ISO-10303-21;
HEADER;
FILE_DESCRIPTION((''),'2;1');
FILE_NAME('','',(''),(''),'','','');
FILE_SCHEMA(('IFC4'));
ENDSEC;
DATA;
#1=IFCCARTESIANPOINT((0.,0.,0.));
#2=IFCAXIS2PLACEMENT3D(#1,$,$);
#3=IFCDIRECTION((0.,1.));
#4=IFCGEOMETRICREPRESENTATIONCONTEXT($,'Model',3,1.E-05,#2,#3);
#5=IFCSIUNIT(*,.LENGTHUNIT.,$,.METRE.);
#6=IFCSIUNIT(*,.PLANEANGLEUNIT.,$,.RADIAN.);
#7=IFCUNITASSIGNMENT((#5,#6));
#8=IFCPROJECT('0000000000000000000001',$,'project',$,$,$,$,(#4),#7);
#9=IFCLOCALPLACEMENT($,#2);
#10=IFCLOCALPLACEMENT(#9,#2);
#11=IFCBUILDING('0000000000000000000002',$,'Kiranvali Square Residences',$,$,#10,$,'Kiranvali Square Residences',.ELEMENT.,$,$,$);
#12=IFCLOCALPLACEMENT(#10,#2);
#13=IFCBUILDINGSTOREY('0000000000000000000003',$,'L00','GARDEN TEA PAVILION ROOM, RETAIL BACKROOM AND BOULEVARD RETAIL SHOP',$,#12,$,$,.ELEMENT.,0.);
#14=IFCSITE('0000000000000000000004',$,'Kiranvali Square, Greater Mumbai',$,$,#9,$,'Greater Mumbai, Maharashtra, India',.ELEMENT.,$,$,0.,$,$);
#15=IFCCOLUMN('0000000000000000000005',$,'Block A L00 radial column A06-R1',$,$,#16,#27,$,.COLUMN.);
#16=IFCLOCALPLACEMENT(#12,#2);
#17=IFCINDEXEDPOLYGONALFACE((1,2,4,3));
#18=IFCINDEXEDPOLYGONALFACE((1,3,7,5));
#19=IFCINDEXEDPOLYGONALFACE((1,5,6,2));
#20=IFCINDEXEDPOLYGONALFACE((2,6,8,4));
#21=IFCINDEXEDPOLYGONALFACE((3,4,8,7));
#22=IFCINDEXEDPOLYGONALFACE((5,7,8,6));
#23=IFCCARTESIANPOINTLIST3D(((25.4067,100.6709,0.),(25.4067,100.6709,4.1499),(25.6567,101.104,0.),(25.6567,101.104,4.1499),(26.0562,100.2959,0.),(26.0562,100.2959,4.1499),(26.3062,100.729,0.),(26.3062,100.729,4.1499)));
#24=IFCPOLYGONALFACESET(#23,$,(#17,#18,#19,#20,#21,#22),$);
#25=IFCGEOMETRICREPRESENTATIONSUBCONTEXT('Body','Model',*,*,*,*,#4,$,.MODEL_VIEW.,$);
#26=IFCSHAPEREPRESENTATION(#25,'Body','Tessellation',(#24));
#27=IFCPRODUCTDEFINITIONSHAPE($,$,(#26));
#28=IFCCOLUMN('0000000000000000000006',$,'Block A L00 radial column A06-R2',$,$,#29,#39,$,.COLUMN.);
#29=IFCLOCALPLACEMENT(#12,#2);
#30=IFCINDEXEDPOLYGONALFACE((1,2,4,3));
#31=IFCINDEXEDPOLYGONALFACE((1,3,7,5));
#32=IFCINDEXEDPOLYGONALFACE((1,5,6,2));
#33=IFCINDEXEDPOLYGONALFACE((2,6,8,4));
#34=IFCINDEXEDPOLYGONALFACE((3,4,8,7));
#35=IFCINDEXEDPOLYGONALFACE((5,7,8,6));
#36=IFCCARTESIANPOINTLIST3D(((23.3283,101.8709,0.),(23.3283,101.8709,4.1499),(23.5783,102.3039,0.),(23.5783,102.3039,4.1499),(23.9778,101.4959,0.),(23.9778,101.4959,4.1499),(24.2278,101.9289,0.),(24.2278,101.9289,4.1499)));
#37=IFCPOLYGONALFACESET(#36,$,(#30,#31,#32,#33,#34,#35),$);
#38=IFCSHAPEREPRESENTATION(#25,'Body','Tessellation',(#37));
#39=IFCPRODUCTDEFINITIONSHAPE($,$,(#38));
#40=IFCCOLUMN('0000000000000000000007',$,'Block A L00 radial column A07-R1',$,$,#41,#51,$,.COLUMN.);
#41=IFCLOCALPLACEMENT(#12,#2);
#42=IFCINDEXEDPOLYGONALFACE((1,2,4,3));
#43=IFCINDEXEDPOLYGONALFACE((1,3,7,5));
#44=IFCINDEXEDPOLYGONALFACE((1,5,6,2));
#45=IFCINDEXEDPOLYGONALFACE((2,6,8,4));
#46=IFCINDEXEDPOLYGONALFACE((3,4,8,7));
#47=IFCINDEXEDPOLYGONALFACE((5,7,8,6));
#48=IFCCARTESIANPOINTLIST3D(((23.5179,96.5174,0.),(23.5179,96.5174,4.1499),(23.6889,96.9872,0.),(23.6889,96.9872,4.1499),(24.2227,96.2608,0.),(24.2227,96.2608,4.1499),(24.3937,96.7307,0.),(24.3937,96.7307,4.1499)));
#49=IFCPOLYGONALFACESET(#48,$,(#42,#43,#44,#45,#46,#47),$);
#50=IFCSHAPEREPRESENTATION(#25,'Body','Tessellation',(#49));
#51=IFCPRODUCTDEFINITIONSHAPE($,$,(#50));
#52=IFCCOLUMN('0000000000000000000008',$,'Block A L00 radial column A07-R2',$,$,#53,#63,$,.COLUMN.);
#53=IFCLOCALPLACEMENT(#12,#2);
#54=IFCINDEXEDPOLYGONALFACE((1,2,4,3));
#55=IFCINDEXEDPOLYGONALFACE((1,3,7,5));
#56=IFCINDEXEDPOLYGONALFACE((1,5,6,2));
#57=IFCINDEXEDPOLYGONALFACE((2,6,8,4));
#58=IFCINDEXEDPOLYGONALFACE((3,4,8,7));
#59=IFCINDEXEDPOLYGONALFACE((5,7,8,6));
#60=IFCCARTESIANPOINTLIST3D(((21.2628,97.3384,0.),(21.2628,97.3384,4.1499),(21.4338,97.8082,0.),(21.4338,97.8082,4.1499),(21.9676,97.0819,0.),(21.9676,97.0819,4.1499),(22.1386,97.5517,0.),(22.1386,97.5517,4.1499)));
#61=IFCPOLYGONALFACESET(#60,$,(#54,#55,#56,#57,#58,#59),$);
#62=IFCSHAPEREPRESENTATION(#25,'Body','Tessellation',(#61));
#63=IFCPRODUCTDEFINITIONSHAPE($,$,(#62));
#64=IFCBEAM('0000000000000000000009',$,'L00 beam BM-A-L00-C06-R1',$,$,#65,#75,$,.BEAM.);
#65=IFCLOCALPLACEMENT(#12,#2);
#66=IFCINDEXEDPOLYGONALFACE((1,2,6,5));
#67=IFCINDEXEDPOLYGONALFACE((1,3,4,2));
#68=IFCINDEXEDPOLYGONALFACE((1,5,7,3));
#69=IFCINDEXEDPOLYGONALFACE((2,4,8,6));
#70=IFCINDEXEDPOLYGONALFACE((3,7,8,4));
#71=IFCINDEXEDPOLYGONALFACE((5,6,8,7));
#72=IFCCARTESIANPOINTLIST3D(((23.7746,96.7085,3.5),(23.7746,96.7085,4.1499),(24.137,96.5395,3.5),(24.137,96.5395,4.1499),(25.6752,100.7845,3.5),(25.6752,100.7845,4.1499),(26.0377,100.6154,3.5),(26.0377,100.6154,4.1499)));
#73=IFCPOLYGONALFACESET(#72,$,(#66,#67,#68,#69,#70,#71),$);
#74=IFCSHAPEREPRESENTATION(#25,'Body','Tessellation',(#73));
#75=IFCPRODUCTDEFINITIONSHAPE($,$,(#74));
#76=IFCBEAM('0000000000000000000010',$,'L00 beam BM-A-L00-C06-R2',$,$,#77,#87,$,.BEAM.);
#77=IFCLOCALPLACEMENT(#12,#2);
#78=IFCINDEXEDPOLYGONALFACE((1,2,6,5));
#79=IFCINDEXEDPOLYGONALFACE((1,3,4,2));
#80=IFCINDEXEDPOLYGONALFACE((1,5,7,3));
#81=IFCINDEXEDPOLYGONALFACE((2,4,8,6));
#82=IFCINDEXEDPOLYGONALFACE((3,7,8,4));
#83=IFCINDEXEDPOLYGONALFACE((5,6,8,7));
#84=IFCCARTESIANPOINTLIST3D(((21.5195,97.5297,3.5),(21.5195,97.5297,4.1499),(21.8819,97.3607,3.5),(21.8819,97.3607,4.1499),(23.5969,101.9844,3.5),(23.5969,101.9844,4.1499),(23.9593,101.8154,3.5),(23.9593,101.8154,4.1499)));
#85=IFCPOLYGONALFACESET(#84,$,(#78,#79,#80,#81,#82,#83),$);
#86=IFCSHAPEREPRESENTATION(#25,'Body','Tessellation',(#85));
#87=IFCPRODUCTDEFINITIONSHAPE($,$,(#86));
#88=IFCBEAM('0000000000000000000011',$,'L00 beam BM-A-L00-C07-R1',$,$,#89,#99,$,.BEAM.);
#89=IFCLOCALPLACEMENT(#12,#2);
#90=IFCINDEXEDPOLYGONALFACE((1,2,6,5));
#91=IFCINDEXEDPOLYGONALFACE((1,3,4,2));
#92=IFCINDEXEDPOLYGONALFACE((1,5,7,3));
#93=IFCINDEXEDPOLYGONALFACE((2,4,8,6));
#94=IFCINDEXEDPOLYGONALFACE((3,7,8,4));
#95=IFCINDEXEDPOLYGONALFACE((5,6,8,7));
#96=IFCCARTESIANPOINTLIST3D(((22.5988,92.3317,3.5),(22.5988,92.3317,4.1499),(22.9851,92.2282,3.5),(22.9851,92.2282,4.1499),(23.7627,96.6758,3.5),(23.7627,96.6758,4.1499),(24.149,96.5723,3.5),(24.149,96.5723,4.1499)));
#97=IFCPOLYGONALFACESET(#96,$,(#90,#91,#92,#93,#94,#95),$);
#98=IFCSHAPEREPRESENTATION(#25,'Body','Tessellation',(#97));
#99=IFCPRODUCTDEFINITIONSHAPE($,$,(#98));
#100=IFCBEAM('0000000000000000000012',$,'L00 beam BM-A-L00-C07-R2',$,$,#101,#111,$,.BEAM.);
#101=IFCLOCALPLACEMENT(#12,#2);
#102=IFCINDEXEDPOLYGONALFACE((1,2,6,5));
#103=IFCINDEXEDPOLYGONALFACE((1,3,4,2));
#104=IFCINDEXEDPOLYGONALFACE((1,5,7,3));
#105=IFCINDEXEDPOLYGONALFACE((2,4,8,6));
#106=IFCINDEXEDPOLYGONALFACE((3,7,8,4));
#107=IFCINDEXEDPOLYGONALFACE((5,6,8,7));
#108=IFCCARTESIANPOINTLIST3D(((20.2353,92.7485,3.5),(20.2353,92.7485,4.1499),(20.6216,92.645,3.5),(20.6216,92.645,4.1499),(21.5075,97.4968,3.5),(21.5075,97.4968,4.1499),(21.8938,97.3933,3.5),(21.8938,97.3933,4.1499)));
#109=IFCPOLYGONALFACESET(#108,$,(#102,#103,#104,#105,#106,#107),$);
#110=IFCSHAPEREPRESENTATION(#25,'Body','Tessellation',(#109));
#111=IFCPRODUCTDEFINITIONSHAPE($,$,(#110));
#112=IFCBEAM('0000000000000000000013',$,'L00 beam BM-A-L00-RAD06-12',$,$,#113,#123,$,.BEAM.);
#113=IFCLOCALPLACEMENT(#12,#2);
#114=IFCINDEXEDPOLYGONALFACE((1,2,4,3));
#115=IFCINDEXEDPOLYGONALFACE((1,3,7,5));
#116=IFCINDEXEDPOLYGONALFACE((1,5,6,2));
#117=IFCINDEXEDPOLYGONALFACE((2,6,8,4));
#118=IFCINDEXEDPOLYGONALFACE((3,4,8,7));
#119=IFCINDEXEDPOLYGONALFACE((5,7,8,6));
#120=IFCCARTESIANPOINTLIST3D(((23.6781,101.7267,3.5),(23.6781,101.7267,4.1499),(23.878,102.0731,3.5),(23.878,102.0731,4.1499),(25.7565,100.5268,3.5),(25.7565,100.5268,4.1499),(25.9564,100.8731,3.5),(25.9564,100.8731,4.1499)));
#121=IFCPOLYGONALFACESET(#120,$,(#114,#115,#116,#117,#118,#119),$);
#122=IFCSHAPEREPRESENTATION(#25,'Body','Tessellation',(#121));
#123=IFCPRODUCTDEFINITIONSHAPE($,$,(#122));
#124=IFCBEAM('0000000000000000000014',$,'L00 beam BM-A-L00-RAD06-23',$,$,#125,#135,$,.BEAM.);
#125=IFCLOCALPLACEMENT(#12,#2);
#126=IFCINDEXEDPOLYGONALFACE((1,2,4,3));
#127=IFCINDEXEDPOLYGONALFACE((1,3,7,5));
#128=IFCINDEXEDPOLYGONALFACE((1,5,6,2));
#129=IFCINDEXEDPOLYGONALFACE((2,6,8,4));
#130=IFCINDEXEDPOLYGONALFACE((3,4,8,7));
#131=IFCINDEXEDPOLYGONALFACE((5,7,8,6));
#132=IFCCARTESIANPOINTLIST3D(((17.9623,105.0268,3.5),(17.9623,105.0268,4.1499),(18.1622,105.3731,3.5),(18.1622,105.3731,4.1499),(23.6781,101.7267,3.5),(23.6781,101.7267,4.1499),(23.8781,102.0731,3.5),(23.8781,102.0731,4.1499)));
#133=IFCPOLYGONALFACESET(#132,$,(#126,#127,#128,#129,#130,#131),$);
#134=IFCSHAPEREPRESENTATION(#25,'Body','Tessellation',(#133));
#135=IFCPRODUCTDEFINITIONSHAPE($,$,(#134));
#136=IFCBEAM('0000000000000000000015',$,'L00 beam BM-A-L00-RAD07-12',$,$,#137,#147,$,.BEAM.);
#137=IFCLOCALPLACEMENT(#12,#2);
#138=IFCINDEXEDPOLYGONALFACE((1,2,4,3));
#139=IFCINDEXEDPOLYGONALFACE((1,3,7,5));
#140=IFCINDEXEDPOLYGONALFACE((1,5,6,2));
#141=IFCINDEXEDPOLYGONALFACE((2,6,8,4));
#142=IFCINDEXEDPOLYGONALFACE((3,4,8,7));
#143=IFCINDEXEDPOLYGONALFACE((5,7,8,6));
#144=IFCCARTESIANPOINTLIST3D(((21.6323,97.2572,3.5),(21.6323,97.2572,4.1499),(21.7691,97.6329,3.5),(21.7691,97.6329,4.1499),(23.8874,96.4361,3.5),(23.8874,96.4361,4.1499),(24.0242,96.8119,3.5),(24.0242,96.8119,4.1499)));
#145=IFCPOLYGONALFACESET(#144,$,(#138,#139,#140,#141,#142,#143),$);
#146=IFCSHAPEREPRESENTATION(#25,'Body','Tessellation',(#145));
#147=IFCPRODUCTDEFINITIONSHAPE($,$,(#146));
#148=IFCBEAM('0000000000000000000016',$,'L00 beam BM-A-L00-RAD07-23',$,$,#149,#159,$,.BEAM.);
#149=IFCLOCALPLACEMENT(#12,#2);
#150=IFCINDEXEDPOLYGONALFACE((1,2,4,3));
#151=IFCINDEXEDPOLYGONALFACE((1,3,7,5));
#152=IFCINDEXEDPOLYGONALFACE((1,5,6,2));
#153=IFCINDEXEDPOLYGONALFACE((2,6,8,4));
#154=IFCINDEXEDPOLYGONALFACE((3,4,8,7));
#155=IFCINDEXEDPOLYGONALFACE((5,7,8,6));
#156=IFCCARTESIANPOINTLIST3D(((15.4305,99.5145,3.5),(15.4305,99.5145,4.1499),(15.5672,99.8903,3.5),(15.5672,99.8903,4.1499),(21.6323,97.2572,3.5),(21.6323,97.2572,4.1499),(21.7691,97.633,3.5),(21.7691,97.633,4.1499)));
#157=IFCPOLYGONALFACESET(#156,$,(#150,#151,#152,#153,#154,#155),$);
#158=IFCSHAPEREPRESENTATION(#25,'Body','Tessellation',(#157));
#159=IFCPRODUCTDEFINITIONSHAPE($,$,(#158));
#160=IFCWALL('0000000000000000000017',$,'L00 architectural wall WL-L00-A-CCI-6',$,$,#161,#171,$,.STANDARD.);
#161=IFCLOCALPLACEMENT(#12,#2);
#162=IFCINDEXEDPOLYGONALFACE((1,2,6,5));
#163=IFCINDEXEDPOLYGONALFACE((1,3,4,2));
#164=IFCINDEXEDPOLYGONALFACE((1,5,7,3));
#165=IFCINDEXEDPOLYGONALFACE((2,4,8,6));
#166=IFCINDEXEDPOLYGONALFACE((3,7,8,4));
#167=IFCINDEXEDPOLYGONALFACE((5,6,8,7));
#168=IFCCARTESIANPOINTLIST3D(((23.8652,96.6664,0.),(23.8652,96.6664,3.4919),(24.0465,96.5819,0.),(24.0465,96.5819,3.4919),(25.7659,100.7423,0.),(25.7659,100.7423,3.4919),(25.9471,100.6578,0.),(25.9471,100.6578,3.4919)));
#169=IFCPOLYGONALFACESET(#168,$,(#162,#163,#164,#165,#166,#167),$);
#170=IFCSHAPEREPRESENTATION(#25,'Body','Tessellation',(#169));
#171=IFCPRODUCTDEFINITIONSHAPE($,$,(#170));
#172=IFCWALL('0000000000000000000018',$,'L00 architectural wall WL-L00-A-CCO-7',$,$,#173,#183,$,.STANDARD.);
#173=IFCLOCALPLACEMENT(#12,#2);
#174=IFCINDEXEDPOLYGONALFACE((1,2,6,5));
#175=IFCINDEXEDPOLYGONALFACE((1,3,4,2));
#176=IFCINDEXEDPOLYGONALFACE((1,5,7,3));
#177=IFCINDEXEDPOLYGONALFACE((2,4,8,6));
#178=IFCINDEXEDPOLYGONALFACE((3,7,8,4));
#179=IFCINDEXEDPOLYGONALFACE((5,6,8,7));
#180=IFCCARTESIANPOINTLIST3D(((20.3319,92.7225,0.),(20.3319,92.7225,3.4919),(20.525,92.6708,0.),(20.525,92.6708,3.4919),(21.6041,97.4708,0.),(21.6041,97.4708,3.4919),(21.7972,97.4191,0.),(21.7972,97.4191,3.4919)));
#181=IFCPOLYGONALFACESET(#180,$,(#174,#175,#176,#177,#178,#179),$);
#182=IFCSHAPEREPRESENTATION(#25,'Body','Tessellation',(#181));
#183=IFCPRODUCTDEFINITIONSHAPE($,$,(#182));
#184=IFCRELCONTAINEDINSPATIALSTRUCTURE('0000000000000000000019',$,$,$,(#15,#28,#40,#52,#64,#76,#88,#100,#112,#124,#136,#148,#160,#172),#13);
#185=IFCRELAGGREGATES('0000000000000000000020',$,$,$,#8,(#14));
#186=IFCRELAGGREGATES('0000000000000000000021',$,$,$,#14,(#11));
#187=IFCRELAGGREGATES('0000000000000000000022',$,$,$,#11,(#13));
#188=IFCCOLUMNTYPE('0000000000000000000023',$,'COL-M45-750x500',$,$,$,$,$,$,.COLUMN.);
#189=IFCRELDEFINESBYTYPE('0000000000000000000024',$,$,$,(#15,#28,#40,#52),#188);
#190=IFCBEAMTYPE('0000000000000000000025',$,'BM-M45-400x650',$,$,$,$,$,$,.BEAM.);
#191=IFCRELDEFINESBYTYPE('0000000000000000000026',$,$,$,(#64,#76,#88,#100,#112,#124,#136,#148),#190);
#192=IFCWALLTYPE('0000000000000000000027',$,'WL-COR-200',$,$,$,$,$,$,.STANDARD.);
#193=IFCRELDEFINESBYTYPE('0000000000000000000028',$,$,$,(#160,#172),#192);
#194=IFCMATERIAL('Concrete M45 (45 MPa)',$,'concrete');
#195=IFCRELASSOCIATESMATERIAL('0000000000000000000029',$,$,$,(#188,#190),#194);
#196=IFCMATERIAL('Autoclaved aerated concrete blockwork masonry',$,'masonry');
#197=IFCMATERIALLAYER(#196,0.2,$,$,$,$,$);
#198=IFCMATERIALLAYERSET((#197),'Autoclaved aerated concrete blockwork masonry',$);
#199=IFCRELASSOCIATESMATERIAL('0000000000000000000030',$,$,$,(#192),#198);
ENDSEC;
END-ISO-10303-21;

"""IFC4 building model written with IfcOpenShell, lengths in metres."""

from ifc_helpers import new_model, si_unit, direction, frame, frame_2d, origin, origin_2d, place, context, subcontext, project, spatial, rectangle, extrude, material, layer, layer_set, material_profile, profile_set, type_object, element, save


model = new_model("IFC4")

# Units and contexts
model_context = context("Model", 3, precision=1e-05, world=origin(), true_north=direction((0.0, 1.0)))
body_context = subcontext(model_context, "Body", "Model", "MODEL_VIEW")
ifc_project = project(units=[si_unit("LENGTHUNIT", "METRE"), si_unit("PLANEANGLEUNIT", "RADIAN")], contexts=[model_context])

# Site, building, storey
site_placement = place(None, origin())
site = spatial("IfcSite", under=ifc_project, at=site_placement, Name="Kiranvali Square, Greater Mumbai", LongName="Greater Mumbai, Maharashtra, India", CompositionType="ELEMENT", RefElevation=0.0)
building_placement = place(site_placement, origin())
building = spatial("IfcBuilding", under=site, at=building_placement, Name="Kiranvali Square Residences", LongName="Kiranvali Square Residences", CompositionType="ELEMENT")
storey_placement = place(building_placement, origin())
storey = spatial("IfcBuildingStorey", under=building, at=storey_placement, Name="L00", Description="GARDEN TEA PAVILION ROOM, RETAIL BACKROOM AND BOULEVARD RETAIL SHOP", CompositionType="ELEMENT", Elevation=0.0)

# Columns
ifc_material_1 = material(Name="Concrete M45 (45 MPa)", Category="concrete")
ifc_material_profile_1 = material_profile(ifc_material_1, rectangle(XDim=0.5, YDim=0.75, at=origin_2d()), Name="RC 750x500")
ifc_profile_set_1 = profile_set([ifc_material_profile_1], Name="Concrete M45 (45 MPa)")
column_type = type_object("IfcColumnType", Name="COL-M45-750x500", PredefinedType="COLUMN", material=ifc_profile_set_1)
for number, where, z_axis, x_axis, name in (
    (1, (25.8564, 100.7, 0.0), (0.0, 0.0, 1.0), (0.5, 0.866025, 0.0), "Block A L00 radial column A06-R1"),
    (2, (23.7781, 101.8999, 0.0), (0.0, 0.0, 1.0), (0.5, 0.866025, 0.0), "Block A L00 radial column A06-R2"),
    (3, (23.9558, 96.624, 0.0), (0.0, 0.0, 1.0), (0.34202, 0.939693, 0.0), "Block A L00 radial column A07-R1"),
    (4, (21.7007, 97.4451, 0.0), (0.0, 0.0, 1.0), (0.34202, 0.939693, 0.0), "Block A L00 radial column A07-R2"),
):
    element("IfcColumn", number, at=place(storey_placement, frame(where, z_axis=z_axis, x_axis=x_axis)), inside=storey, type_object=column_type, Name=name, PredefinedType="COLUMN", context=body_context, shape_type="SweptSolid", body=[
        extrude(rectangle(XDim=0.5, YDim=0.75, at=origin_2d()), origin(), (0.0, 0.0, 1.0), 4.1499),
    ])

# Beams
ifc_material_profile_2 = material_profile(ifc_material_1, rectangle(XDim=0.3999, YDim=0.6499, at=origin_2d()), Name="RC 400x650")
ifc_profile_set_2 = profile_set([ifc_material_profile_2], Name="Concrete M45 (45 MPa)")
beam_type = type_object("IfcBeamType", Name="BM-M45-400x650", PredefinedType="BEAM", material=ifc_profile_set_2)
beam_1_placement = place(storey_placement, frame((25.8564, 100.7, 3.825), z_axis=(-0.422618, -0.906308, 0.0), x_axis=(0.906308, -0.422618, 0.0)))
element("IfcBeam", 5, at=beam_1_placement, inside=storey, type_object=beam_type, Name="L00 beam BM-A-L00-C06-R1", PredefinedType="BEAM", context=body_context, shape_type="SweptSolid", body=[
    extrude(rectangle(XDim=0.3999, YDim=0.6499, at=origin_2d()), origin(), (0.0, 0.0, 1.0), 4.4973),
])
beam_2_placement = place(storey_placement, frame((23.7781, 101.8999, 3.825), z_axis=(-0.42263, -0.906302, 0.0), x_axis=(0.906302, -0.42263, 0.0)))
element("IfcBeam", 6, at=beam_2_placement, inside=storey, type_object=beam_type, Name="L00 beam BM-A-L00-C06-R2", PredefinedType="BEAM", context=body_context, shape_type="SweptSolid", body=[
    extrude(rectangle(XDim=0.3999, YDim=0.6499, at=origin_2d()), origin(), (0.0, 0.0, 1.0), 4.9153),
])
beam_3_placement = place(storey_placement, frame((23.9558, 96.624, 3.825), z_axis=(-0.258788, -0.965934, 0.0), x_axis=(0.965934, -0.258788, 0.0)))
element("IfcBeam", 7, at=beam_3_placement, inside=storey, type_object=beam_type, Name="L00 beam BM-A-L00-C07-R1", PredefinedType="BEAM", context=body_context, shape_type="SweptSolid", body=[
    extrude(rectangle(XDim=0.3999, YDim=0.6499, at=origin_2d()), origin(), (0.0, 0.0, 1.0), 4.4973),
])
beam_4_placement = place(storey_placement, frame((21.7007, 97.4451, 3.825), z_axis=(-0.258803, -0.96593, 0.0), x_axis=(0.96593, -0.258803, 0.0)))
element("IfcBeam", 8, at=beam_4_placement, inside=storey, type_object=beam_type, Name="L00 beam BM-A-L00-C07-R2", PredefinedType="BEAM", context=body_context, shape_type="SweptSolid", body=[
    extrude(rectangle(XDim=0.3999, YDim=0.6499, at=origin_2d()), origin(), (0.0, 0.0, 1.0), 4.9158),
])
beam_5_placement = place(storey_placement, frame((25.8564, 100.7, 3.825), z_axis=(-0.866025, 0.500001, 0.0), x_axis=(-0.500001, -0.866025, 0.0)))
element("IfcBeam", 9, at=beam_5_placement, inside=storey, type_object=beam_type, Name="L00 beam BM-A-L00-RAD06-12", PredefinedType="BEAM", context=body_context, shape_type="SweptSolid", body=[
    extrude(rectangle(XDim=0.3999, YDim=0.6499, at=origin_2d()), origin(), (0.0, 0.0, 1.0), 2.3999),
])
beam_6_placement = place(storey_placement, frame((23.7781, 101.8999, 3.825), z_axis=(-0.866024, 0.500002, 0.0), x_axis=(-0.500002, -0.866024, 0.0)))
element("IfcBeam", 10, at=beam_6_placement, inside=storey, type_object=beam_type, Name="L00 beam BM-A-L00-RAD06-23", PredefinedType="BEAM", context=body_context, shape_type="SweptSolid", body=[
    extrude(rectangle(XDim=0.3999, YDim=0.6499, at=origin_2d()), origin(), (0.0, 0.0, 1.0), 6.6001),
])
beam_7_placement = place(storey_placement, frame((23.9558, 96.624, 3.825), z_axis=(-0.93966, 0.342111, 0.0), x_axis=(-0.342111, -0.93966, 0.0)))
element("IfcBeam", 11, at=beam_7_placement, inside=storey, type_object=beam_type, Name="L00 beam BM-A-L00-RAD07-12", PredefinedType="BEAM", context=body_context, shape_type="SweptSolid", body=[
    extrude(rectangle(XDim=0.3999, YDim=0.6499, at=origin_2d()), origin(), (0.0, 0.0, 1.0), 2.3999),
])
beam_8_placement = place(storey_placement, frame((21.7007, 97.4451, 3.825), z_axis=(-0.939692, 0.342022, 0.0), x_axis=(-0.342022, -0.939692, 0.0)))
element("IfcBeam", 12, at=beam_8_placement, inside=storey, type_object=beam_type, Name="L00 beam BM-A-L00-RAD07-23", PredefinedType="BEAM", context=body_context, shape_type="SweptSolid", body=[
    extrude(rectangle(XDim=0.3999, YDim=0.6499, at=origin_2d()), origin(), (0.0, 0.0, 1.0), 6.5999),
])

# Wall
ifc_material_2 = material(Name="Autoclaved aerated concrete blockwork masonry", Category="masonry")
ifc_layer_1 = layer(ifc_material_2, 0.2)
ifc_layer_set_1 = layer_set([ifc_layer_1], Name="Autoclaved aerated concrete blockwork masonry")
wall_type_1 = type_object("IfcWallType", Name="WL-COR-200", PredefinedType="STANDARD", material=ifc_layer_set_1)
wall_1_placement = place(storey_placement, frame((25.8564, 100.7, 0.0), z_axis=(0.0, 0.0, 1.0), x_axis=(-0.422618, -0.906308, 0.0)))
element("IfcWall", 13, at=wall_1_placement, inside=storey, type_object=wall_type_1, Name="L00 architectural wall WL-L00-A-CCI-6", PredefinedType="STANDARD", context=body_context, shape_type="SweptSolid", body=[
    extrude(rectangle(XDim=4.4973, YDim=0.2, at=frame_2d((2.2485, 0.0))), origin(), (0.0, 0.0, 1.0), 3.4919),
])

# Wall
wall_2_placement = place(storey_placement, frame((21.7007, 97.4451, 0.0), z_axis=(0.0, 0.0, 1.0), x_axis=(-0.258803, -0.96593, 0.0)))
element("IfcWall", 14, at=wall_2_placement, inside=storey, type_object=wall_type_1, Name="L00 architectural wall WL-L00-A-CCO-7", PredefinedType="STANDARD", context=body_context, shape_type="SweptSolid", body=[
    extrude(rectangle(XDim=4.9158, YDim=0.2, at=frame_2d((2.458, 0.0))), origin(), (0.0, 0.0, 1.0), 3.4919),
])

save(model, "model.ifc")
